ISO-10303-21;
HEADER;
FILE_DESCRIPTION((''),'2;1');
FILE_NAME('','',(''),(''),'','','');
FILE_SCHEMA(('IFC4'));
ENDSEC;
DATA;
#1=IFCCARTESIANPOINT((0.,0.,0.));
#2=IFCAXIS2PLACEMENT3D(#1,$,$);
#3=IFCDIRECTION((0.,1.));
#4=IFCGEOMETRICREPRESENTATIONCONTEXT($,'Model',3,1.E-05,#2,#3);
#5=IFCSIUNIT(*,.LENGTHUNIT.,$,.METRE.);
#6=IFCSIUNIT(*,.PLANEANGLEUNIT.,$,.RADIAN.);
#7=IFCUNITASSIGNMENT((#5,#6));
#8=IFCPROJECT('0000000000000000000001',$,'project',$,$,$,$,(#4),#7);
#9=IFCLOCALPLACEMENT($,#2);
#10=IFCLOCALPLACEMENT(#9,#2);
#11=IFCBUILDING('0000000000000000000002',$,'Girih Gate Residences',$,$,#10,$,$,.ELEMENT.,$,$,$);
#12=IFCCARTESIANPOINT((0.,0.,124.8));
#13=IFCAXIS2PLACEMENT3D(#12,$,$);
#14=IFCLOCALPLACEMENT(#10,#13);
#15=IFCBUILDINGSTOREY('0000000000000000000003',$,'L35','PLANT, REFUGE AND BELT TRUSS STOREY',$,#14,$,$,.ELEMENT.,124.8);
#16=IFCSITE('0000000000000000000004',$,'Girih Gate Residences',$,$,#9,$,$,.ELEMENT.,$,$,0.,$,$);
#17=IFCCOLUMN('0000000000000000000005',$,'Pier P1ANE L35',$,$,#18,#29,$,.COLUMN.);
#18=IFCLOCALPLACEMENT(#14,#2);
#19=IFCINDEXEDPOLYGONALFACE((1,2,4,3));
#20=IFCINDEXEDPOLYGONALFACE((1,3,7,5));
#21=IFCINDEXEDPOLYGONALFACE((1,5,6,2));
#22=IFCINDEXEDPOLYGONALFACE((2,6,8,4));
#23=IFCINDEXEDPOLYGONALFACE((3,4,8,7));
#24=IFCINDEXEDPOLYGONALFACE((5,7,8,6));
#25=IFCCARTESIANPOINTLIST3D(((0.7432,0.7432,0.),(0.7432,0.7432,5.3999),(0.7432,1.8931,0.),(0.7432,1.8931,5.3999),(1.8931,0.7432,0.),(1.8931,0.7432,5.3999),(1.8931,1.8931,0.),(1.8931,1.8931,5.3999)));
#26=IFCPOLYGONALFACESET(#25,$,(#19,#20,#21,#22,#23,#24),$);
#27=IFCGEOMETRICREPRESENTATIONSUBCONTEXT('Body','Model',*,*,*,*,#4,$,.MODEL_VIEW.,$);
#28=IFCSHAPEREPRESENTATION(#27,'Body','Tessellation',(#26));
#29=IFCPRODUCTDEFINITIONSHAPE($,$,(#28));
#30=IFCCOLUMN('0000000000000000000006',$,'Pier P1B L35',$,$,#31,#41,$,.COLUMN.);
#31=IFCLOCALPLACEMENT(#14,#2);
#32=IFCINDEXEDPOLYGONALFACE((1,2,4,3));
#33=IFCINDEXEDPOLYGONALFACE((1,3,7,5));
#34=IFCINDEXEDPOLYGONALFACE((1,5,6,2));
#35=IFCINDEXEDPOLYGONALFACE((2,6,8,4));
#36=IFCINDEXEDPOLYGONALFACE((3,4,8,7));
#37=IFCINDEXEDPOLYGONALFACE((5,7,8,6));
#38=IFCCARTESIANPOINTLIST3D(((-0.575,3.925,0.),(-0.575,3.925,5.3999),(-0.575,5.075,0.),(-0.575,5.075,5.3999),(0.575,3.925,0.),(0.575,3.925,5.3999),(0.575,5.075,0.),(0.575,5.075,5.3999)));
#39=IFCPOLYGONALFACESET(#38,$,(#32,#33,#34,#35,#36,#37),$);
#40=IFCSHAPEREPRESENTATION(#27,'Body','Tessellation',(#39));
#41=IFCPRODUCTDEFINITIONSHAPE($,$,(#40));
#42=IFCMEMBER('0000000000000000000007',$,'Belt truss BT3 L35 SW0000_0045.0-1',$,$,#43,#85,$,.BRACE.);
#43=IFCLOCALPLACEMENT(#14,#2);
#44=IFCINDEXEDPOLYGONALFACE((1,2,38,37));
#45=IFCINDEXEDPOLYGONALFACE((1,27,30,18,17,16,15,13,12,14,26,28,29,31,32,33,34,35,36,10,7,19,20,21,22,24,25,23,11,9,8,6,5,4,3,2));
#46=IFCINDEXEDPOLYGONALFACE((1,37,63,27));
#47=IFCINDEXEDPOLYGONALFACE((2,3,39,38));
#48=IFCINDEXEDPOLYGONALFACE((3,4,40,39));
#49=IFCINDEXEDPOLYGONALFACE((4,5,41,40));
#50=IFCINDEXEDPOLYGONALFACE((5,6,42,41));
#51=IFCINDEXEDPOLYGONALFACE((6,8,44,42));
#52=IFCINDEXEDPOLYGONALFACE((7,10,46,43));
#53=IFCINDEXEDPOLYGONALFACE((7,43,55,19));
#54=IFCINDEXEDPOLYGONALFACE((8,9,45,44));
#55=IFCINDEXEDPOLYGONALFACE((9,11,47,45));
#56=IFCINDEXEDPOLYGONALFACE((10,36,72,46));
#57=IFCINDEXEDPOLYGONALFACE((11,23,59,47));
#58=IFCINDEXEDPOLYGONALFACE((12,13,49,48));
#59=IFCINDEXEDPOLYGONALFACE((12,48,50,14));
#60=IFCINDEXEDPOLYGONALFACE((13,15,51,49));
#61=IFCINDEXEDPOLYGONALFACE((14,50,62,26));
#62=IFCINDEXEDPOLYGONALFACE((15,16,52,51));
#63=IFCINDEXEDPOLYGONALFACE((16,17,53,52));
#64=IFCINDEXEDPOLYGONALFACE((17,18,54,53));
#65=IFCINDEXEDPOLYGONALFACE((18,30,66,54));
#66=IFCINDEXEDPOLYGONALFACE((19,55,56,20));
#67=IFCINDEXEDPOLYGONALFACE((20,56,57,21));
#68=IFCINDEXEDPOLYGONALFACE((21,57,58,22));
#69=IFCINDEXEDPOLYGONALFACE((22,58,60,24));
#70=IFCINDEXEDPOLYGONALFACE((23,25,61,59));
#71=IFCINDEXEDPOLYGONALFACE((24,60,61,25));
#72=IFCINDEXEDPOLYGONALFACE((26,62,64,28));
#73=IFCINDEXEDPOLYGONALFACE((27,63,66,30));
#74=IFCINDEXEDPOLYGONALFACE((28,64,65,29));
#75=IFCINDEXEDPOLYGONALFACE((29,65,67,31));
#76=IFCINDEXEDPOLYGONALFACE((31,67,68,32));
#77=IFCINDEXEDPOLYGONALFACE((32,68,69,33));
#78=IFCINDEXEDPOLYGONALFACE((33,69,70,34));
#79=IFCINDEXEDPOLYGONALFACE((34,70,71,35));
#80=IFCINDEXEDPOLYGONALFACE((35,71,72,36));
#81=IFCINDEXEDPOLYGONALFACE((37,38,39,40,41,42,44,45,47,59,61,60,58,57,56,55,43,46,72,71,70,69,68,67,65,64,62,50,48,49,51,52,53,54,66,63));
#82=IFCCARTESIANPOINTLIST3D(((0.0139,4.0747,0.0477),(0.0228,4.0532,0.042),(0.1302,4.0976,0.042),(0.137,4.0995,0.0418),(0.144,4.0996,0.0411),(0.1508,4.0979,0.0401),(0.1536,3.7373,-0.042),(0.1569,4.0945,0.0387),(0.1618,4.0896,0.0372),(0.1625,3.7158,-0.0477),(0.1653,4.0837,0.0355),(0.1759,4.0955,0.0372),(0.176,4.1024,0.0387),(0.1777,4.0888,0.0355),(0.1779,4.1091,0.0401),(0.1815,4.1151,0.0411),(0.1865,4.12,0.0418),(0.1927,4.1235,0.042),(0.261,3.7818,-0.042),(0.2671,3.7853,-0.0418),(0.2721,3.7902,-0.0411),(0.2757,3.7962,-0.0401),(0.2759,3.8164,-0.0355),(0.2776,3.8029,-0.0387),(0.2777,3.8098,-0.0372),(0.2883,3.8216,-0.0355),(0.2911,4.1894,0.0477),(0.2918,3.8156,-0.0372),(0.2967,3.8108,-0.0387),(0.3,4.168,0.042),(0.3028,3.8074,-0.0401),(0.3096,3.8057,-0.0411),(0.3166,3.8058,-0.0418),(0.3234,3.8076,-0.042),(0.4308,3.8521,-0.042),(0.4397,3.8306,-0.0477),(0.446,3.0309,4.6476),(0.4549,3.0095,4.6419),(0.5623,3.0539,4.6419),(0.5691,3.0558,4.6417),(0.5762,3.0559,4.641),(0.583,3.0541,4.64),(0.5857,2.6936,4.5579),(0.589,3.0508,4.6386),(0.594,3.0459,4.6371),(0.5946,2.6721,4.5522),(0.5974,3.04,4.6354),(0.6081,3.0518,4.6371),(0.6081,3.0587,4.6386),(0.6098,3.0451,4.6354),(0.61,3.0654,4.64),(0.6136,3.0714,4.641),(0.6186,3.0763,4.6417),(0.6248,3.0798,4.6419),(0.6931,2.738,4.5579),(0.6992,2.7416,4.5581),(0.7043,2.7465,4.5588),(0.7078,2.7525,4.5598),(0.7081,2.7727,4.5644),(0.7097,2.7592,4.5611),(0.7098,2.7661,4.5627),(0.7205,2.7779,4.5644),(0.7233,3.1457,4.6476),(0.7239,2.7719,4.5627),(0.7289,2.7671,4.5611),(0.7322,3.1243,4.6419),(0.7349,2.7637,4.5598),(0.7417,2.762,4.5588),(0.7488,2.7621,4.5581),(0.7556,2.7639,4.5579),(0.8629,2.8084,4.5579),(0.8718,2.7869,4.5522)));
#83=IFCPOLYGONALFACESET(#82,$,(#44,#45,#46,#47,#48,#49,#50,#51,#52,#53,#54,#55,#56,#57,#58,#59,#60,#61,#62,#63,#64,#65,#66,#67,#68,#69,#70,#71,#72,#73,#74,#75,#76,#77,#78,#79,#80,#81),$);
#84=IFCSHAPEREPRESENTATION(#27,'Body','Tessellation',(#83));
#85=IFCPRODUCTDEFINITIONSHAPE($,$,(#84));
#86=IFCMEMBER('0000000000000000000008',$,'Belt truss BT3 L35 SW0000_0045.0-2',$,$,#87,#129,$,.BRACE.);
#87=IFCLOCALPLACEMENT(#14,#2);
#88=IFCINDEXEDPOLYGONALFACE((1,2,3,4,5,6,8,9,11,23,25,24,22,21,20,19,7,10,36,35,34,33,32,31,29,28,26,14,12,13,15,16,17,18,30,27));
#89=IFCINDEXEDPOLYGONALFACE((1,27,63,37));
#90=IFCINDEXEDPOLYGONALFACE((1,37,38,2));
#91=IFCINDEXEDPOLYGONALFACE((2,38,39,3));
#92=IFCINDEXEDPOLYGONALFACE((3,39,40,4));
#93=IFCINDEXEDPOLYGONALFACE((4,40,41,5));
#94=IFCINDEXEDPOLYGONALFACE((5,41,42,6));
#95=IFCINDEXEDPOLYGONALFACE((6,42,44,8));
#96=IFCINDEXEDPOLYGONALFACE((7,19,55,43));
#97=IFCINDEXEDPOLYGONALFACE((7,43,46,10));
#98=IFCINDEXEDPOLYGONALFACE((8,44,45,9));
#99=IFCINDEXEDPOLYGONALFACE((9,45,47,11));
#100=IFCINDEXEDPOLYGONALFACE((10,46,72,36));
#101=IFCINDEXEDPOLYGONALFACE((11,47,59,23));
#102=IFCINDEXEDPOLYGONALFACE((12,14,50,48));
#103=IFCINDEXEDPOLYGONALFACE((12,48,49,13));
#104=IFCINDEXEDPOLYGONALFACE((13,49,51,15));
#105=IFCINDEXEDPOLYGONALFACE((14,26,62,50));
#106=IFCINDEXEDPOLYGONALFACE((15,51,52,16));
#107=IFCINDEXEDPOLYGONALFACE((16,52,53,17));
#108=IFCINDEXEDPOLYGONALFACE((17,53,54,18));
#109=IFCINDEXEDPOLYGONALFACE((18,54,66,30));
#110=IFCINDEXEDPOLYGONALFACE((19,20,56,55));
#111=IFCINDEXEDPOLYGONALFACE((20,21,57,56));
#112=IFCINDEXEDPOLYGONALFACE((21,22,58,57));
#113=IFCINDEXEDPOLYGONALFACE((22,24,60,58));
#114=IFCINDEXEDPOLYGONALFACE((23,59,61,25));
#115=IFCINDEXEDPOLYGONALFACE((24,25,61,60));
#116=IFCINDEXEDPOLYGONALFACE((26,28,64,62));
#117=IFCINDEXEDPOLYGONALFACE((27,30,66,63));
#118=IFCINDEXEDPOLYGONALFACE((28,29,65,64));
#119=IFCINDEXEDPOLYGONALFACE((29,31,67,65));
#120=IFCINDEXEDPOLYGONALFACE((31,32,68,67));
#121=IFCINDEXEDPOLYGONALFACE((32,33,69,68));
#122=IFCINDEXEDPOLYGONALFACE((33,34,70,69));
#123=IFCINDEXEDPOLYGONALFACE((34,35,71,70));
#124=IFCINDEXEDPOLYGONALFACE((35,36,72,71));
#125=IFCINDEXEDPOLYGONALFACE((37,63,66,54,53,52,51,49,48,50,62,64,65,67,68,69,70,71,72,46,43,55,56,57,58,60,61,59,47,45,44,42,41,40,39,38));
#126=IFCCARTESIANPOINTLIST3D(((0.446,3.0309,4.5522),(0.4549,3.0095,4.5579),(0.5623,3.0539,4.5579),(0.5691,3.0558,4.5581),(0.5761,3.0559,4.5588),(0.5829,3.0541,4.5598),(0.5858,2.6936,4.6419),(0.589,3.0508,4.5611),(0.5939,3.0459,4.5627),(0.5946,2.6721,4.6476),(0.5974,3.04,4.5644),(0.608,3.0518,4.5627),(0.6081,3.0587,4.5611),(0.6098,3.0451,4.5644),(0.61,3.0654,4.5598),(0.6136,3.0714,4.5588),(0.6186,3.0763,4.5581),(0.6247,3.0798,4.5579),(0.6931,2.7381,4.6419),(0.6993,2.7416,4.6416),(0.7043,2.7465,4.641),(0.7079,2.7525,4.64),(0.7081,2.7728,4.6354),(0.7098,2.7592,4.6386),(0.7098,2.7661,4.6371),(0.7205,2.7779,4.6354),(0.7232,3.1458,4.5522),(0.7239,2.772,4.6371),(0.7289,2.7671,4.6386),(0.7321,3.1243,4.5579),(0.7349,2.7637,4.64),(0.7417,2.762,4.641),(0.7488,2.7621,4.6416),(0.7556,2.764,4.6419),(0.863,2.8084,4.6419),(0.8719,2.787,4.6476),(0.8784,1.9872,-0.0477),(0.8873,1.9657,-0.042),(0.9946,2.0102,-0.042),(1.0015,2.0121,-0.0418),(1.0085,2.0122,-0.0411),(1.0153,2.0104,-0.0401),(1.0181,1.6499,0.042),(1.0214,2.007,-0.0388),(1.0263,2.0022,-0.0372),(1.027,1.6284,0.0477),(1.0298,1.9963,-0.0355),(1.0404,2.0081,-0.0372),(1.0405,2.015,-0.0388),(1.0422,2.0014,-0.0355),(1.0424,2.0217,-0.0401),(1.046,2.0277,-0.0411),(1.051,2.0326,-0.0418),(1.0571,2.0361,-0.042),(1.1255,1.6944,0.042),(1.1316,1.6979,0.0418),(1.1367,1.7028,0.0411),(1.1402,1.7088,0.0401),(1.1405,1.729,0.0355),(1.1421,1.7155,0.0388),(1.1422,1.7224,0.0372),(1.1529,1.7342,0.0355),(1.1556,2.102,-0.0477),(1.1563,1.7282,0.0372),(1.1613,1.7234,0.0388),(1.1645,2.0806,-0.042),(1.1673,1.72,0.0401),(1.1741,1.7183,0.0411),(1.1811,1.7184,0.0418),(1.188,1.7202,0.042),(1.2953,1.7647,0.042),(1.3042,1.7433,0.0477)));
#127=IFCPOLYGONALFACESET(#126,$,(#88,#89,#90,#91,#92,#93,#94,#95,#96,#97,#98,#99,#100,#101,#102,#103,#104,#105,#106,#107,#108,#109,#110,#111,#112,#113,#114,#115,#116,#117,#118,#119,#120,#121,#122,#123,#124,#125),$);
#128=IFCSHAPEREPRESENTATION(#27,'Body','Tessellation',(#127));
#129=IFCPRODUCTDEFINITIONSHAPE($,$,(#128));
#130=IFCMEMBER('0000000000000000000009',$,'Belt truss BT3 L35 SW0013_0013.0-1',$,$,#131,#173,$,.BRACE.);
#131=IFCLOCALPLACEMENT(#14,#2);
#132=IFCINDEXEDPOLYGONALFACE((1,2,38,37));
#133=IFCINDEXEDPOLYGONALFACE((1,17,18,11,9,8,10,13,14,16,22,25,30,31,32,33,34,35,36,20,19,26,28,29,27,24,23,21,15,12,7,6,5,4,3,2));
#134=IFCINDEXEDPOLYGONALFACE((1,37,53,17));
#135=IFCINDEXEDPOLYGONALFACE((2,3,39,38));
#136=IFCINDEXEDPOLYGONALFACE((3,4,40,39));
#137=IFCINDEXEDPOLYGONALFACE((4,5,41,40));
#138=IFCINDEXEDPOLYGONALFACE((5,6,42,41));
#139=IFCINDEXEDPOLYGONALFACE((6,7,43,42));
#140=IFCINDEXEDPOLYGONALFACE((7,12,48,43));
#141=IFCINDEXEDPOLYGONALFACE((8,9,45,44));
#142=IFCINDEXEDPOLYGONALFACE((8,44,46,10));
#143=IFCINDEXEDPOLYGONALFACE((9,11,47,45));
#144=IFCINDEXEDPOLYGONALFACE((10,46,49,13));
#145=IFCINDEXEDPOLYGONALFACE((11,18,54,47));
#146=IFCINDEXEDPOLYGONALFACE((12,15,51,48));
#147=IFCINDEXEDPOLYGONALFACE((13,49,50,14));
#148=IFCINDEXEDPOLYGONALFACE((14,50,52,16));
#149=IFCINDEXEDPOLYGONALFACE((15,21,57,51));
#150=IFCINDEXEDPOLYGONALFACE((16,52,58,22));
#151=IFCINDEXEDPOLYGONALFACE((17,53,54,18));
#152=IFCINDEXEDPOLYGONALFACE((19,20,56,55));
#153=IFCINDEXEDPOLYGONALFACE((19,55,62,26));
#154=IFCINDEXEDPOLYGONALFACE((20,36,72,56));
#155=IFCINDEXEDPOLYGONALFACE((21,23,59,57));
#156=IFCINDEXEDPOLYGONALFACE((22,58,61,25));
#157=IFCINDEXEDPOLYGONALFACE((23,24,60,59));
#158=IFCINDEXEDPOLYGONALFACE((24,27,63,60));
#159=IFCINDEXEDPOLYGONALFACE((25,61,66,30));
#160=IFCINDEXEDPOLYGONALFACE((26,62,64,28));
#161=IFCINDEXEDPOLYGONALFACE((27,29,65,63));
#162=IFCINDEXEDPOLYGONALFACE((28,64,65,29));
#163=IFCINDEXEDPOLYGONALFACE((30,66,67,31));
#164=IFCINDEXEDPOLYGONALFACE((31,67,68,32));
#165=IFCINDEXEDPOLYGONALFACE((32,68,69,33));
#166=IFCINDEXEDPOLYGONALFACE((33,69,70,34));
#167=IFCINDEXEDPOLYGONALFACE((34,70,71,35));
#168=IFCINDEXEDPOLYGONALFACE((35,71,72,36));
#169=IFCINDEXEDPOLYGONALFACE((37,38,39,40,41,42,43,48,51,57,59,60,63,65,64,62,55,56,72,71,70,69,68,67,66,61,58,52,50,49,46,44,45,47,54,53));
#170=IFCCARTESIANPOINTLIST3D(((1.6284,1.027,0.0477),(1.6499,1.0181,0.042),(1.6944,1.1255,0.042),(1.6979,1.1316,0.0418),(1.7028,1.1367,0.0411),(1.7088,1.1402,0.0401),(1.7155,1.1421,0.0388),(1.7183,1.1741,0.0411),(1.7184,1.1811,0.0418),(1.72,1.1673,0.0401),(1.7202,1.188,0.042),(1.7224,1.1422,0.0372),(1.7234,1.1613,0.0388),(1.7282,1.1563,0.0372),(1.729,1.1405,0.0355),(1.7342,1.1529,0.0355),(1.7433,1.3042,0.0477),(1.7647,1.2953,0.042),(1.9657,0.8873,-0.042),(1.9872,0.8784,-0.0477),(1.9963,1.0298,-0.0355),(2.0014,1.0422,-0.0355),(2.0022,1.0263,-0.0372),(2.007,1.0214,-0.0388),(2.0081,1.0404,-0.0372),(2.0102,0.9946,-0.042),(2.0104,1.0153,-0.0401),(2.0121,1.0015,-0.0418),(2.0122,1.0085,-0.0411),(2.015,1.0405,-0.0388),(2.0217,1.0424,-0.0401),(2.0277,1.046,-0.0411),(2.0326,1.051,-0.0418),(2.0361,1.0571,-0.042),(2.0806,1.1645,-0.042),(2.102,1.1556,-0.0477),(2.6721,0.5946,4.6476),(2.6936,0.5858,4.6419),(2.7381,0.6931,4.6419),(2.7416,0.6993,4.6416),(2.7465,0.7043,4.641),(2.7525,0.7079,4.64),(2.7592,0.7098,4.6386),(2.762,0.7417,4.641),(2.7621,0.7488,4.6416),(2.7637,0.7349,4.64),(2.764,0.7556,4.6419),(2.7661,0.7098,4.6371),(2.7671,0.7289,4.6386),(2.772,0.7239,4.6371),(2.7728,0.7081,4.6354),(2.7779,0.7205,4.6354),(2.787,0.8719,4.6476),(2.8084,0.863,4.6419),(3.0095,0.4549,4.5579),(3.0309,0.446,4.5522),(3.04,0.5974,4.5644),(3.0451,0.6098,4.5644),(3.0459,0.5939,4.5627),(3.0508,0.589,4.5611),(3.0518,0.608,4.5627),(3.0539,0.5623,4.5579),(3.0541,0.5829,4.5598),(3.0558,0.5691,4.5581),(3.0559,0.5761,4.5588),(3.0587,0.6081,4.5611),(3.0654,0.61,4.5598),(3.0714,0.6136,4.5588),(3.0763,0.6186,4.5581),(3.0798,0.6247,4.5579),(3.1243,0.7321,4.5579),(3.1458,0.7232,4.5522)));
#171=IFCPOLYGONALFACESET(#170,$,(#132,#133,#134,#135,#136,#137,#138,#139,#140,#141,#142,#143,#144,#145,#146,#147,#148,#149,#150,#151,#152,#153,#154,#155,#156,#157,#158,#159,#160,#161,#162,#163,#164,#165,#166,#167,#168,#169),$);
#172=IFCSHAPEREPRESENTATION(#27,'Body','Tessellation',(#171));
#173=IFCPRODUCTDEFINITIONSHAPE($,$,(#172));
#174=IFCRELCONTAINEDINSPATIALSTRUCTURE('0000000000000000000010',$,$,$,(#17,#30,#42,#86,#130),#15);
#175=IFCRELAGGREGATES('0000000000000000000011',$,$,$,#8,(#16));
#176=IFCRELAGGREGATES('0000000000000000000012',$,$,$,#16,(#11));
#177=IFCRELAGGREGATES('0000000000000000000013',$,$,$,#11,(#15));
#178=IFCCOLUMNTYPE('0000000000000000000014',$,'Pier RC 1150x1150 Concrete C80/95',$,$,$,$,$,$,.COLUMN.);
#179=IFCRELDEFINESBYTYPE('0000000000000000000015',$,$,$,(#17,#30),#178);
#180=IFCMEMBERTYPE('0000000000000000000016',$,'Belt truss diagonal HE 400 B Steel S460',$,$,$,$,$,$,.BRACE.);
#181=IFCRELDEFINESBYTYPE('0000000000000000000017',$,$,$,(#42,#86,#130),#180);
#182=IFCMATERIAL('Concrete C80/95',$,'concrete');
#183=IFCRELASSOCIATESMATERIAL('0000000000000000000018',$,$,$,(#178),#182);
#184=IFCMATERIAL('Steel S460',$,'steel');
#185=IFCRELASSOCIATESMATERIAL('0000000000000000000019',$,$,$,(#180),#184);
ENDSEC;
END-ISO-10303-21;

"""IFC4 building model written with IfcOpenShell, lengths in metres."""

from ifc_helpers import new_model, si_unit, direction, frame, origin, origin_2d, place, context, subcontext, project, spatial, rectangle, i_section, extrude, material, material_profile, profile_set, type_object, element, save


model = new_model("IFC4")

# Units and contexts
model_context = context("Model", 3, precision=1e-05, world=origin(), true_north=direction((0.0, 1.0)))
body_context = subcontext(model_context, "Body", "Model", "MODEL_VIEW")
ifc_project = project(units=[si_unit("LENGTHUNIT", "METRE"), si_unit("PLANEANGLEUNIT", "RADIAN")], contexts=[model_context])

# Site, building, storey
site_placement = place(None, origin())
site = spatial("IfcSite", under=ifc_project, at=site_placement, Name="Girih Gate Residences", CompositionType="ELEMENT", RefElevation=0.0)
building_placement = place(site_placement, origin())
building = spatial("IfcBuilding", under=site, at=building_placement, Name="Girih Gate Residences", CompositionType="ELEMENT")
storey_placement = place(building_placement, frame((0.0, 0.0, 124.8)))
storey = spatial("IfcBuildingStorey", under=building, at=storey_placement, Name="L35", Description="PLANT, REFUGE AND BELT TRUSS STOREY", CompositionType="ELEMENT", Elevation=124.8)

# Columns
ifc_material_1 = material(Name="Concrete C80/95", Category="concrete")
ifc_material_profile_1 = material_profile(ifc_material_1, rectangle(XDim=1.1499, YDim=1.1499, at=origin_2d()))
ifc_profile_set_1 = profile_set([ifc_material_profile_1], Name="Concrete C80/95")
column_type = type_object("IfcColumnType", Name="Pier RC 1150x1150 Concrete C80/95", PredefinedType="COLUMN", material=ifc_profile_set_1)
for number, where, z_axis, x_axis, name in (
    (1, (1.3181, 1.3181, 0.0), (0.0, 0.0, 1.0), (1.0, 0.0, 0.0), "Pier P1ANE L35"),
    (2, (0.0, 4.5, 0.0), (0.0, 0.0, 1.0), (1.0, 0.0, 0.0), "Pier P1B L35"),
):
    element("IfcColumn", number, at=place(storey_placement, frame(where, z_axis=z_axis, x_axis=x_axis)), inside=storey, type_object=column_type, Name=name, PredefinedType="COLUMN", context=body_context, shape_type="SweptSolid", body=[
        extrude(rectangle(XDim=1.1499, YDim=1.1499, at=origin_2d()), origin(), (0.0, 0.0, 1.0), 5.3999),
    ])

# Members
ifc_material_2 = material(Name="Steel S460", Category="steel")
ifc_material_profile_2 = material_profile(ifc_material_2, i_section(OverallWidth=0.3, OverallDepth=0.3999, WebThickness=0.0134, FlangeThickness=0.0239, FilletRadius=0.0271, at=origin_2d()))
ifc_profile_set_2 = profile_set([ifc_material_profile_2], Name="Steel S460")
member_type_1 = type_object("IfcMemberType", Name="Belt truss diagonal HE 400 B Steel S460", PredefinedType="BRACE", material=ifc_profile_set_2)
for number, where, z_axis, x_axis, name in (
    (3, (0.2268, 3.9526, 0.0), (0.091233, -0.220352, 0.971145), (0.923938, 0.382543, 0.0), "Belt truss BT3 L35 SW0000_0045.0-1"),
    (4, (1.0913, 1.8652, 0.0), (-0.091284, 0.22035, 0.97114), (-0.923861, -0.382727, 0.0), "Belt truss BT3 L35 SW0000_0045.0-2"),
    (5, (1.8652, 1.0913, 0.0), (0.22035, -0.091284, 0.97114), (0.382727, 0.923861, 0.0), "Belt truss BT3 L35 SW0013_0013.0-1"),
):
    element("IfcMember", number, at=place(storey_placement, frame(where, z_axis=z_axis, x_axis=x_axis)), inside=storey, type_object=member_type_1, Name=name, PredefinedType="BRACE", context=body_context, shape_type="SweptSolid", body=[
        extrude(i_section(OverallWidth=0.3, OverallDepth=0.3999, WebThickness=0.0134, FlangeThickness=0.0239, FilletRadius=0.0271, at=origin_2d()), origin(), (0.0, 0.0, 1.0), 4.7366),
    ])

save(model, "model.ifc")
